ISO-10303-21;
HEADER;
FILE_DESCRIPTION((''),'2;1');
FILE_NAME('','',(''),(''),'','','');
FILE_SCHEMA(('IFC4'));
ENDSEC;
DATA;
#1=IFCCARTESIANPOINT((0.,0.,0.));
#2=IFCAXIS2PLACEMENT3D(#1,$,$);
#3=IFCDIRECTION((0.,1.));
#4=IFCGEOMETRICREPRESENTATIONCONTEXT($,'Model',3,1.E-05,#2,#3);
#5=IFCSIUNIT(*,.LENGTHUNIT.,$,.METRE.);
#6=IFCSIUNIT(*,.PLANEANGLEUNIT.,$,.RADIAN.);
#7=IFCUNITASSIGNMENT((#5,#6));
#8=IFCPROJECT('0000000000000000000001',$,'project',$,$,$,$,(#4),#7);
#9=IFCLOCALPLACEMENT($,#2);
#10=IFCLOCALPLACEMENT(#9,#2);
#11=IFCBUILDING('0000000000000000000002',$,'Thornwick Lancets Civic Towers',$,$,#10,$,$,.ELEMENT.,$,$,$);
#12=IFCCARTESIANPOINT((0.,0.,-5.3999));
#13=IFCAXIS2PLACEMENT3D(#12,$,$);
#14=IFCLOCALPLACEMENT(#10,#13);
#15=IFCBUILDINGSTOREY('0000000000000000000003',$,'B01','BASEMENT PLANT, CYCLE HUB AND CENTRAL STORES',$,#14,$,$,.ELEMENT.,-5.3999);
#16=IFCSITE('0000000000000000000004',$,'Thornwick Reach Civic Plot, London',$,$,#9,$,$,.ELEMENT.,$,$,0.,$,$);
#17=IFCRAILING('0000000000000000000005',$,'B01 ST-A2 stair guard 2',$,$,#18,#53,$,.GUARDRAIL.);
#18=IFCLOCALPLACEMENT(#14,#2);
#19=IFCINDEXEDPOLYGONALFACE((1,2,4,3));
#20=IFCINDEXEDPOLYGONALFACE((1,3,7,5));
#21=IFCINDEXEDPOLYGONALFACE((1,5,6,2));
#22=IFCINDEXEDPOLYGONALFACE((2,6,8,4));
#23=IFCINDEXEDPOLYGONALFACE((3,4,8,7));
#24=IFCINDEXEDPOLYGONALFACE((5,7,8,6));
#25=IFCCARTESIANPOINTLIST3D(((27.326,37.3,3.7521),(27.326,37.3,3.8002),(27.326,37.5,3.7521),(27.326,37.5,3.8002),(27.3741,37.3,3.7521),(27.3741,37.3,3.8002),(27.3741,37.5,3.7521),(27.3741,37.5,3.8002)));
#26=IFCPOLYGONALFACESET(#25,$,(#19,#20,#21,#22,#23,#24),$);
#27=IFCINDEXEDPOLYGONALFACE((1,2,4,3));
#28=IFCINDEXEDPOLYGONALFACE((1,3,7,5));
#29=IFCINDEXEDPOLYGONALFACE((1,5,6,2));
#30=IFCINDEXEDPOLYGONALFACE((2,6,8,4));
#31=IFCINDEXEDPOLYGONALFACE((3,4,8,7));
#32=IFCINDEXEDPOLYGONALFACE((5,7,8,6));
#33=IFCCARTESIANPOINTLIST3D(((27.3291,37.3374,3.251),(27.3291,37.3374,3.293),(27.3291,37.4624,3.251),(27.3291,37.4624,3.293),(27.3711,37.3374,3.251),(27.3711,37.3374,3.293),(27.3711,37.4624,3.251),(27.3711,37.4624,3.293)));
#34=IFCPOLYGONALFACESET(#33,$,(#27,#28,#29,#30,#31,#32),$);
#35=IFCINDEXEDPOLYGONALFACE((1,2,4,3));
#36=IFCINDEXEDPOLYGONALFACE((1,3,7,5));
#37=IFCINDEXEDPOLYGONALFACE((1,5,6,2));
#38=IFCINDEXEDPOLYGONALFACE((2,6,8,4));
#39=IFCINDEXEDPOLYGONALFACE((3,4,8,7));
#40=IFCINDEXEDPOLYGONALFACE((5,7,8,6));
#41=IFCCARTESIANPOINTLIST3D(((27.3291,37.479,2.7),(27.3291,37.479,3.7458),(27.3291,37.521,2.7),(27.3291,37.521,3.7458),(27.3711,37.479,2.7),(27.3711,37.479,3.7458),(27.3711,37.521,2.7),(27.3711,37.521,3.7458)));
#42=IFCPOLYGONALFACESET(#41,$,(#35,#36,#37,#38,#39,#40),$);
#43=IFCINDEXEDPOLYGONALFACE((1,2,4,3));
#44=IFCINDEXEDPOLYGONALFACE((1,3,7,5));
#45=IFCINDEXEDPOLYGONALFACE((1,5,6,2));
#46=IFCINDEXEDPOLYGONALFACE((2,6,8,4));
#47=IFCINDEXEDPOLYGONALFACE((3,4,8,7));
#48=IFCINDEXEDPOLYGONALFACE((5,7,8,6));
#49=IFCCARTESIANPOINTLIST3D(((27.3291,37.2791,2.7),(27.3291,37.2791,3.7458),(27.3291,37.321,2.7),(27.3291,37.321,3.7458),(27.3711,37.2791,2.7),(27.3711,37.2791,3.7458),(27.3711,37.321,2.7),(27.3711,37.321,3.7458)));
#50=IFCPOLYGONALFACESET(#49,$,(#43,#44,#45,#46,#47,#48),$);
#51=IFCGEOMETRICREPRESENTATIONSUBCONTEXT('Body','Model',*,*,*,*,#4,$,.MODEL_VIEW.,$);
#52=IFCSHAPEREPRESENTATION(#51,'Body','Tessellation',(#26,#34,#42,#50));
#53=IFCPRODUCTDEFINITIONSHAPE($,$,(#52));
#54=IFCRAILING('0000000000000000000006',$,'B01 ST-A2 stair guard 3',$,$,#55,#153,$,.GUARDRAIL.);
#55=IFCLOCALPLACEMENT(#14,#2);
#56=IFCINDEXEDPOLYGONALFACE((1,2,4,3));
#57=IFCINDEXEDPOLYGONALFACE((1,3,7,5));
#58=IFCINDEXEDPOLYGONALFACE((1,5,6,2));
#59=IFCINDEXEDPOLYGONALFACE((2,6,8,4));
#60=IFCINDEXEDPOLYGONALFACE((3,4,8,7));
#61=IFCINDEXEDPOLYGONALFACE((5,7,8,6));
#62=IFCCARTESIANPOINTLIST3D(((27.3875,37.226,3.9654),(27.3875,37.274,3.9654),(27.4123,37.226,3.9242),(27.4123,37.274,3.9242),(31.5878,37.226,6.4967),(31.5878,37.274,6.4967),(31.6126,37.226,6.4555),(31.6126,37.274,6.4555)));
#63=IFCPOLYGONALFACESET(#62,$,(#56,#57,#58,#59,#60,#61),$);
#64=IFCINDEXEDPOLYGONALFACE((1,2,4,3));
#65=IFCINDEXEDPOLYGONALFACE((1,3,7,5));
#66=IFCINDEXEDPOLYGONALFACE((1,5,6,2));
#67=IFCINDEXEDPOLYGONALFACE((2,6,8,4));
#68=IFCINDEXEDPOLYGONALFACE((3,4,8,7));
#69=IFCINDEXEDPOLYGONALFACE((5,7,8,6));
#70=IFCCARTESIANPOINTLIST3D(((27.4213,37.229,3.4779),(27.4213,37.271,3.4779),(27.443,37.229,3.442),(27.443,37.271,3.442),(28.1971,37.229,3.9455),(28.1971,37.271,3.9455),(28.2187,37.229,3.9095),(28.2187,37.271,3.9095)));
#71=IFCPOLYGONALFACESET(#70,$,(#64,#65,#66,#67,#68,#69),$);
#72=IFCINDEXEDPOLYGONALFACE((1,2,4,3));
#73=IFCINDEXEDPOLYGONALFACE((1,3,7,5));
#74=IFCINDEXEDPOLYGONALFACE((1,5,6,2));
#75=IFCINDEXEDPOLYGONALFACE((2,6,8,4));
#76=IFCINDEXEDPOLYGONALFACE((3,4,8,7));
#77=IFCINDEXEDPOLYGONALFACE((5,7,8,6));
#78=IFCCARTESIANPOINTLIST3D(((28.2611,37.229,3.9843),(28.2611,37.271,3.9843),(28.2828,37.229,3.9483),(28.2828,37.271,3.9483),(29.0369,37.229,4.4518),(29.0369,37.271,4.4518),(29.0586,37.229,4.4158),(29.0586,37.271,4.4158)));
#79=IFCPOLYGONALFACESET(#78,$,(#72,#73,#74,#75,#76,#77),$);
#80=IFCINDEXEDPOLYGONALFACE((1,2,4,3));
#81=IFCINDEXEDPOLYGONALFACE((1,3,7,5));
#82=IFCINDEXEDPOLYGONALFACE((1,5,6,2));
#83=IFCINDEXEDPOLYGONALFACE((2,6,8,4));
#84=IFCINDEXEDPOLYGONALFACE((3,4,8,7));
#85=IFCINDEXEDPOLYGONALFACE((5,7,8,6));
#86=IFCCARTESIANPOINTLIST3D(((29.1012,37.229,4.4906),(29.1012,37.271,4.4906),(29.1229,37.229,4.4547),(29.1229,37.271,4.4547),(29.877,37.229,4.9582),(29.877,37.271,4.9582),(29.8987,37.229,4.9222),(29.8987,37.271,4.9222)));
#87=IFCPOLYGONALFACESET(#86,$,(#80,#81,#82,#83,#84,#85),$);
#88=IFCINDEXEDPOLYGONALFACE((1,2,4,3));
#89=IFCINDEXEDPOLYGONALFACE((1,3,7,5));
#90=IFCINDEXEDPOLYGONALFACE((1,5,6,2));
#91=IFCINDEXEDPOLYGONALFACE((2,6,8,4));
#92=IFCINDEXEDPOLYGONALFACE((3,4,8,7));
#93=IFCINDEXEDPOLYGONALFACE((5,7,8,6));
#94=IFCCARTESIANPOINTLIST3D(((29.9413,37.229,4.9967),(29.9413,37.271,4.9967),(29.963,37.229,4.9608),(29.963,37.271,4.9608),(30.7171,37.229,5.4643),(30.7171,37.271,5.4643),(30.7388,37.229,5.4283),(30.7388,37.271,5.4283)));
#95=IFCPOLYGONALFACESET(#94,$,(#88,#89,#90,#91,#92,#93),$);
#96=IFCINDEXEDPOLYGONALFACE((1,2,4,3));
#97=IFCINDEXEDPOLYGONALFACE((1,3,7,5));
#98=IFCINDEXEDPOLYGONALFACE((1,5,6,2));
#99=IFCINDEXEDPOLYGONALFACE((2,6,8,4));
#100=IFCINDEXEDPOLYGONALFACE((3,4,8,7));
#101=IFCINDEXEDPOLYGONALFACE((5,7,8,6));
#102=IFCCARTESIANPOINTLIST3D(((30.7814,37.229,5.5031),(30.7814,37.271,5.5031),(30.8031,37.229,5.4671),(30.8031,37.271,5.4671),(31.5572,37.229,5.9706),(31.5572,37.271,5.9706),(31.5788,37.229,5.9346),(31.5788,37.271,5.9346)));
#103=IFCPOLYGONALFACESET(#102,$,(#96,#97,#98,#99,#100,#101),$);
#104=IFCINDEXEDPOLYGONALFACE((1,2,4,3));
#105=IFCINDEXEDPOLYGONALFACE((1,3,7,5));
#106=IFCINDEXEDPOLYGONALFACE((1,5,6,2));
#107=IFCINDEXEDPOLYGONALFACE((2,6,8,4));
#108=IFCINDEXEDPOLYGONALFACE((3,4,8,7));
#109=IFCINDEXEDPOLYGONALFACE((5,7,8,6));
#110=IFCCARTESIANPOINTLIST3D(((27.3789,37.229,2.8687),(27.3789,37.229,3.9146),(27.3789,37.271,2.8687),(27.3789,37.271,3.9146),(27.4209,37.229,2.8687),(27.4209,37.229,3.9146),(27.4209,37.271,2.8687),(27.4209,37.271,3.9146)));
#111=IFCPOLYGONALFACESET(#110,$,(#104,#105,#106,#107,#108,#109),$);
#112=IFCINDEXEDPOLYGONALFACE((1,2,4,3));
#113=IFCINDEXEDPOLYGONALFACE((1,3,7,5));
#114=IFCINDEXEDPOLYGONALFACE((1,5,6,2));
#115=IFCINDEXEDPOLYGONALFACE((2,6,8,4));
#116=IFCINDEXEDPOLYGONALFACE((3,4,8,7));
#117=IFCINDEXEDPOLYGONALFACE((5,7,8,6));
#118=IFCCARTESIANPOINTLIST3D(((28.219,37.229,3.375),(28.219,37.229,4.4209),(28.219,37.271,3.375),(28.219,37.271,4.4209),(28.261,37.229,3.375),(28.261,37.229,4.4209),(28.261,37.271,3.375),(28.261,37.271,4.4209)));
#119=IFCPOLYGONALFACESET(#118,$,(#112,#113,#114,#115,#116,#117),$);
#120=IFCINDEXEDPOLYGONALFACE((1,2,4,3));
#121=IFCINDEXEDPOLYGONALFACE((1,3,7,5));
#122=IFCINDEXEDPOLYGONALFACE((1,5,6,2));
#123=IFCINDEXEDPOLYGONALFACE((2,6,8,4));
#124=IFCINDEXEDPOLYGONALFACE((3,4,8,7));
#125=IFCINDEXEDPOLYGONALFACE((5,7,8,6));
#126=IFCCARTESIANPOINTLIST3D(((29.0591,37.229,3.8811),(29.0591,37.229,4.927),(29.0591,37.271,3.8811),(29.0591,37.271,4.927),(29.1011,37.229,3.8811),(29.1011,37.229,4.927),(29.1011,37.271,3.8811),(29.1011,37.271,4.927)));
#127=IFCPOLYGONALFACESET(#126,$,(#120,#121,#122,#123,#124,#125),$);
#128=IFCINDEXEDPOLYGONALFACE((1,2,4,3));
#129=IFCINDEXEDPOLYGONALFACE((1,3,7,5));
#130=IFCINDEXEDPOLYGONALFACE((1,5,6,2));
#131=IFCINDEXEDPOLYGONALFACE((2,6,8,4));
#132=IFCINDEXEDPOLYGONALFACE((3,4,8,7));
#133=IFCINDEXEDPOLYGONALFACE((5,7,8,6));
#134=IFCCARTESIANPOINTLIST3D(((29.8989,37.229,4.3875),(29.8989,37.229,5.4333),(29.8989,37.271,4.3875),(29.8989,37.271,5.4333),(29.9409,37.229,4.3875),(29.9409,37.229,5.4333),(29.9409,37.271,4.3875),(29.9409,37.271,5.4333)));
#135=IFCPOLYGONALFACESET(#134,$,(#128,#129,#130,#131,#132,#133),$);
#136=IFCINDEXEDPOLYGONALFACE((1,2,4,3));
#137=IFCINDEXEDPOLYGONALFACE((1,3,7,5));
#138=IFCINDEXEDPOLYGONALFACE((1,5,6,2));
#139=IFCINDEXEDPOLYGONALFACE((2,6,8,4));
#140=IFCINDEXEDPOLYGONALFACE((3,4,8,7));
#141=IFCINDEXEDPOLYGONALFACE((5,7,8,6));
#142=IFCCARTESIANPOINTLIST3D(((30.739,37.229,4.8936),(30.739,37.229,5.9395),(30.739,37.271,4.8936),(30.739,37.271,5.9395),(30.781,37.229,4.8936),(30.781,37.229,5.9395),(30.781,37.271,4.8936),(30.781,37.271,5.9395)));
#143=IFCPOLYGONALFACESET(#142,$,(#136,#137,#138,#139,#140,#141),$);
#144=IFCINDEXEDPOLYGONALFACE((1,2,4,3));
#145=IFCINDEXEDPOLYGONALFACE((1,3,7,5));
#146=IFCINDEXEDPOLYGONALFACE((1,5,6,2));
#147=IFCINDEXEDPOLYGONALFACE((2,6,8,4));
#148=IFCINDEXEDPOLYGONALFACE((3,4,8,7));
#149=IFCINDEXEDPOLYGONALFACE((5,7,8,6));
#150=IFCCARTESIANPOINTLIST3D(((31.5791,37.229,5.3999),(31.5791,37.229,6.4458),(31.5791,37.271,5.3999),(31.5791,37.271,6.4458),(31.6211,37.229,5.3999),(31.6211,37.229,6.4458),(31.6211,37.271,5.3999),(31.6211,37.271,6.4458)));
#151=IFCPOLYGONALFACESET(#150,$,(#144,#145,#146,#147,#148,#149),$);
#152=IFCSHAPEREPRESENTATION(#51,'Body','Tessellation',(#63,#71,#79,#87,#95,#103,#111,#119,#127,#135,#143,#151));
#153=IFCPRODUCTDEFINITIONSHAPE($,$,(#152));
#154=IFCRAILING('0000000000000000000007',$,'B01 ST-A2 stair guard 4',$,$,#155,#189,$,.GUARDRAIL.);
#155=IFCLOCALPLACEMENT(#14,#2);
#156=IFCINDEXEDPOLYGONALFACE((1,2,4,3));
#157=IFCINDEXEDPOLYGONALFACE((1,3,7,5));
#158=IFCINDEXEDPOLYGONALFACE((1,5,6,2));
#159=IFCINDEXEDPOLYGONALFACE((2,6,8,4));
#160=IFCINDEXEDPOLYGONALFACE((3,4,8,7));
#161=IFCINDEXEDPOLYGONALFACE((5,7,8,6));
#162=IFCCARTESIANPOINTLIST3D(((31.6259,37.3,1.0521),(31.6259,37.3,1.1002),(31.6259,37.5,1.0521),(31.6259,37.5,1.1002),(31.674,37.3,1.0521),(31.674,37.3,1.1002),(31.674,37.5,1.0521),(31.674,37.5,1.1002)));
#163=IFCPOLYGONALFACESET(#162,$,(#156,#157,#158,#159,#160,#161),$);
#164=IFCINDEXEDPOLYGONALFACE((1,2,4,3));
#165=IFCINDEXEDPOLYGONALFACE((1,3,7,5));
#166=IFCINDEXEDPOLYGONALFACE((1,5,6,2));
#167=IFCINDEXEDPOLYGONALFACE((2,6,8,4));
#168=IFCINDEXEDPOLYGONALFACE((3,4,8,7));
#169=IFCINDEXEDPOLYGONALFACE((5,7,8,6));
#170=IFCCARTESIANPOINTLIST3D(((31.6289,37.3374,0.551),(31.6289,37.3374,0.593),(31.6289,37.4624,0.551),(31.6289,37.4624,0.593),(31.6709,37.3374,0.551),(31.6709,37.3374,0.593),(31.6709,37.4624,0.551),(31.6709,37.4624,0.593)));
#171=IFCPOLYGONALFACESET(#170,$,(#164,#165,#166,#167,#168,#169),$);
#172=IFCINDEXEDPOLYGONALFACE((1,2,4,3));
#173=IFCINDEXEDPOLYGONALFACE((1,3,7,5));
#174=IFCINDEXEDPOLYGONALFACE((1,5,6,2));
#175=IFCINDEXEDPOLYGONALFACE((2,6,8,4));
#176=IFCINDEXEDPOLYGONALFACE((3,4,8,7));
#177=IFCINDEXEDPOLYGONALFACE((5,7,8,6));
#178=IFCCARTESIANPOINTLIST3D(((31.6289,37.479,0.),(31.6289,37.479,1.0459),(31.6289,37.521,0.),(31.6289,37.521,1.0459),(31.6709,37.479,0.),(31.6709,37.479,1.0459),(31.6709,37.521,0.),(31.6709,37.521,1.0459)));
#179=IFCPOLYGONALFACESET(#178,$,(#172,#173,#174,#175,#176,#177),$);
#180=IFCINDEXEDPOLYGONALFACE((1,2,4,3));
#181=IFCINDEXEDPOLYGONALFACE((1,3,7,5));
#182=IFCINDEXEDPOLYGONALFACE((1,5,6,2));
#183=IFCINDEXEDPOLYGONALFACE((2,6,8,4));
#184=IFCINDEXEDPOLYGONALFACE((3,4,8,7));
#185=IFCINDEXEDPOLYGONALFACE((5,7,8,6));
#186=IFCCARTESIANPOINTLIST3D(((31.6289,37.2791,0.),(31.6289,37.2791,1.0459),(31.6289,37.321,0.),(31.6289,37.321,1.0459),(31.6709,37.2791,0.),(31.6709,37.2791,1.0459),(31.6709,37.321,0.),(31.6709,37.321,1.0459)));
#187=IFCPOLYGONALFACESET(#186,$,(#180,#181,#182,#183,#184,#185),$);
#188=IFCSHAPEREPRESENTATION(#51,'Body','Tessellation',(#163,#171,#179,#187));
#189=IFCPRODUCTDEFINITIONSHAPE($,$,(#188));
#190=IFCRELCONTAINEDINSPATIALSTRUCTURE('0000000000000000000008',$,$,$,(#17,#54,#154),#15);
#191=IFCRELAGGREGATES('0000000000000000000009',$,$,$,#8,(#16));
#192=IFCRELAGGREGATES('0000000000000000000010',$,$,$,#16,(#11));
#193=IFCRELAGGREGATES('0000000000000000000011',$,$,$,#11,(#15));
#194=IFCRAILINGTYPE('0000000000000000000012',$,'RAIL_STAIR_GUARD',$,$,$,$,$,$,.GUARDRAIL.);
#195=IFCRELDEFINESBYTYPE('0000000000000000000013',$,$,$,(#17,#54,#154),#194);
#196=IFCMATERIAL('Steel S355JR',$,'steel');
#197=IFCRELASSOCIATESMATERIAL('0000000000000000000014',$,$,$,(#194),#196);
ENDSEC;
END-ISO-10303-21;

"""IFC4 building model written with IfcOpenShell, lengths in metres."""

from ifc_helpers import new_model, si_unit, direction, frame, origin, origin_2d, place, context, subcontext, project, spatial, rectangle, extrude, material, type_object, element, save


model = new_model("IFC4")

# Units and contexts
model_context = context("Model", 3, precision=1e-05, world=origin(), true_north=direction((0.0, 1.0)))
body_context = subcontext(model_context, "Body", "Model", "MODEL_VIEW")
ifc_project = project(units=[si_unit("LENGTHUNIT", "METRE"), si_unit("PLANEANGLEUNIT", "RADIAN")], contexts=[model_context])

# Site, building, storey
site_placement = place(None, origin())
site = spatial("IfcSite", under=ifc_project, at=site_placement, Name="Thornwick Reach Civic Plot, London", CompositionType="ELEMENT", RefElevation=0.0)
building_placement = place(site_placement, origin())
building = spatial("IfcBuilding", under=site, at=building_placement, Name="Thornwick Lancets Civic Towers", CompositionType="ELEMENT")
storey_placement = place(building_placement, frame((0.0, 0.0, -5.3999)))
storey = spatial("IfcBuildingStorey", under=building, at=storey_placement, Name="B01", Description="BASEMENT PLANT, CYCLE HUB AND CENTRAL STORES", CompositionType="ELEMENT", Elevation=-5.3999)

# Shared definitions
ifc_material_1 = material(Name="Steel S355JR", Category="steel")

# Railings
railing_type_1 = type_object("IfcRailingType", Name="RAIL_STAIR_GUARD", PredefinedType="GUARDRAIL", material=ifc_material_1)
railing_1_placement = place(storey_placement, frame((27.3501, 37.5, 2.7)))
element("IfcRailing", 1, at=railing_1_placement, inside=storey, type_object=railing_type_1, Name="B01 ST-A2 stair guard 2", PredefinedType="GUARDRAIL", context=body_context, shape_type="SweptSolid", body=[
    extrude(rectangle(XDim=0.0481, YDim=0.0481, at=origin_2d()), frame((0.0, 0.0, 1.0762), z_axis=(0.0, -1.0, 0.0), x_axis=(1.0, 0.0, 0.0)), (0.0, 0.0, 1.0), 0.2),
    extrude(rectangle(XDim=0.042, YDim=0.042, at=origin_2d()), frame((0.0, -0.0376, 0.572), z_axis=(0.0, -1.0, 0.0), x_axis=(1.0, 0.0, 0.0)), (0.0, 0.0, 1.0), 0.125),
    extrude(rectangle(XDim=0.042, YDim=0.042, at=origin_2d()), origin(), (0.0, 0.0, 1.0), 1.0459),
    extrude(rectangle(XDim=0.042, YDim=0.042, at=origin_2d()), frame((0.0, -0.2, 0.0)), (0.0, 0.0, 1.0), 1.0459),
])
railing_2_placement = place(storey_placement, frame((27.3999, 37.25, 2.8687)))
element("IfcRailing", 2, at=railing_2_placement, inside=storey, type_object=railing_type_1, Name="B01 ST-A2 stair guard 3", PredefinedType="GUARDRAIL", context=body_context, shape_type="SweptSolid", body=[
    extrude(rectangle(XDim=0.0481, YDim=0.0481, at=origin_2d()), frame((0.0, 0.0, 1.0762), z_axis=(0.85649, 0.0, 0.516164), x_axis=(0.0, 1.0, 0.0)), (0.0, 0.0, 1.0), 4.9041),
    extrude(rectangle(XDim=0.042, YDim=0.042, at=origin_2d()), frame((0.0322, 0.0, 0.5913), z_axis=(0.85649, 0.0, 0.516164), x_axis=(0.0, 1.0, 0.0)), (0.0, 0.0, 1.0), 0.9058),
    extrude(rectangle(XDim=0.042, YDim=0.042, at=origin_2d()), frame((0.8721, 0.0, 1.0977), z_axis=(0.85649, 0.0, 0.516164), x_axis=(0.0, 1.0, 0.0)), (0.0, 0.0, 1.0), 0.9058),
    extrude(rectangle(XDim=0.042, YDim=0.042, at=origin_2d()), frame((1.7122, 0.0, 1.604), z_axis=(0.85649, 0.0, 0.516164), x_axis=(0.0, 1.0, 0.0)), (0.0, 0.0, 1.0), 0.9058),
    extrude(rectangle(XDim=0.042, YDim=0.042, at=origin_2d()), frame((2.5522, 0.0, 2.1101), z_axis=(0.85649, 0.0, 0.516164), x_axis=(0.0, 1.0, 0.0)), (0.0, 0.0, 1.0), 0.9058),
    extrude(rectangle(XDim=0.042, YDim=0.042, at=origin_2d()), frame((3.3923, 0.0, 2.6165), z_axis=(0.85649, 0.0, 0.516164), x_axis=(0.0, 1.0, 0.0)), (0.0, 0.0, 1.0), 0.9058),
    extrude(rectangle(XDim=0.042, YDim=0.042, at=origin_2d()), origin(), (0.0, 0.0, 1.0), 1.0459),
    extrude(rectangle(XDim=0.042, YDim=0.042, at=origin_2d()), frame((0.8401, 0.0, 0.5063)), (0.0, 0.0, 1.0), 1.0459),
    extrude(rectangle(XDim=0.042, YDim=0.042, at=origin_2d()), frame((1.6802, 0.0, 1.0125)), (0.0, 0.0, 1.0), 1.0459),
    extrude(rectangle(XDim=0.042, YDim=0.042, at=origin_2d()), frame((2.52, 0.0, 1.5188)), (0.0, 0.0, 1.0), 1.0459),
    extrude(rectangle(XDim=0.042, YDim=0.042, at=origin_2d()), frame((3.3601, 0.0, 2.0249)), (0.0, 0.0, 1.0), 1.0459),
    extrude(rectangle(XDim=0.042, YDim=0.042, at=origin_2d()), frame((4.2002, 0.0, 2.5312)), (0.0, 0.0, 1.0), 1.0459),
])
railing_3_placement = place(storey_placement, frame((31.6499, 37.5, 0.0)))
element("IfcRailing", 3, at=railing_3_placement, inside=storey, type_object=railing_type_1, Name="B01 ST-A2 stair guard 4", PredefinedType="GUARDRAIL", context=body_context, shape_type="SweptSolid", body=[
    extrude(rectangle(XDim=0.0481, YDim=0.0481, at=origin_2d()), frame((0.0, 0.0, 1.0762), z_axis=(0.0, -1.0, 0.0), x_axis=(1.0, 0.0, 0.0)), (0.0, 0.0, 1.0), 0.2),
    extrude(rectangle(XDim=0.042, YDim=0.042, at=origin_2d()), frame((0.0, -0.0376, 0.572), z_axis=(0.0, -1.0, 0.0), x_axis=(1.0, 0.0, 0.0)), (0.0, 0.0, 1.0), 0.125),
    extrude(rectangle(XDim=0.042, YDim=0.042, at=origin_2d()), origin(), (0.0, 0.0, 1.0), 1.0459),
    extrude(rectangle(XDim=0.042, YDim=0.042, at=origin_2d()), frame((0.0, -0.2, 0.0)), (0.0, 0.0, 1.0), 1.0459),
])

save(model, "model.ifc")
